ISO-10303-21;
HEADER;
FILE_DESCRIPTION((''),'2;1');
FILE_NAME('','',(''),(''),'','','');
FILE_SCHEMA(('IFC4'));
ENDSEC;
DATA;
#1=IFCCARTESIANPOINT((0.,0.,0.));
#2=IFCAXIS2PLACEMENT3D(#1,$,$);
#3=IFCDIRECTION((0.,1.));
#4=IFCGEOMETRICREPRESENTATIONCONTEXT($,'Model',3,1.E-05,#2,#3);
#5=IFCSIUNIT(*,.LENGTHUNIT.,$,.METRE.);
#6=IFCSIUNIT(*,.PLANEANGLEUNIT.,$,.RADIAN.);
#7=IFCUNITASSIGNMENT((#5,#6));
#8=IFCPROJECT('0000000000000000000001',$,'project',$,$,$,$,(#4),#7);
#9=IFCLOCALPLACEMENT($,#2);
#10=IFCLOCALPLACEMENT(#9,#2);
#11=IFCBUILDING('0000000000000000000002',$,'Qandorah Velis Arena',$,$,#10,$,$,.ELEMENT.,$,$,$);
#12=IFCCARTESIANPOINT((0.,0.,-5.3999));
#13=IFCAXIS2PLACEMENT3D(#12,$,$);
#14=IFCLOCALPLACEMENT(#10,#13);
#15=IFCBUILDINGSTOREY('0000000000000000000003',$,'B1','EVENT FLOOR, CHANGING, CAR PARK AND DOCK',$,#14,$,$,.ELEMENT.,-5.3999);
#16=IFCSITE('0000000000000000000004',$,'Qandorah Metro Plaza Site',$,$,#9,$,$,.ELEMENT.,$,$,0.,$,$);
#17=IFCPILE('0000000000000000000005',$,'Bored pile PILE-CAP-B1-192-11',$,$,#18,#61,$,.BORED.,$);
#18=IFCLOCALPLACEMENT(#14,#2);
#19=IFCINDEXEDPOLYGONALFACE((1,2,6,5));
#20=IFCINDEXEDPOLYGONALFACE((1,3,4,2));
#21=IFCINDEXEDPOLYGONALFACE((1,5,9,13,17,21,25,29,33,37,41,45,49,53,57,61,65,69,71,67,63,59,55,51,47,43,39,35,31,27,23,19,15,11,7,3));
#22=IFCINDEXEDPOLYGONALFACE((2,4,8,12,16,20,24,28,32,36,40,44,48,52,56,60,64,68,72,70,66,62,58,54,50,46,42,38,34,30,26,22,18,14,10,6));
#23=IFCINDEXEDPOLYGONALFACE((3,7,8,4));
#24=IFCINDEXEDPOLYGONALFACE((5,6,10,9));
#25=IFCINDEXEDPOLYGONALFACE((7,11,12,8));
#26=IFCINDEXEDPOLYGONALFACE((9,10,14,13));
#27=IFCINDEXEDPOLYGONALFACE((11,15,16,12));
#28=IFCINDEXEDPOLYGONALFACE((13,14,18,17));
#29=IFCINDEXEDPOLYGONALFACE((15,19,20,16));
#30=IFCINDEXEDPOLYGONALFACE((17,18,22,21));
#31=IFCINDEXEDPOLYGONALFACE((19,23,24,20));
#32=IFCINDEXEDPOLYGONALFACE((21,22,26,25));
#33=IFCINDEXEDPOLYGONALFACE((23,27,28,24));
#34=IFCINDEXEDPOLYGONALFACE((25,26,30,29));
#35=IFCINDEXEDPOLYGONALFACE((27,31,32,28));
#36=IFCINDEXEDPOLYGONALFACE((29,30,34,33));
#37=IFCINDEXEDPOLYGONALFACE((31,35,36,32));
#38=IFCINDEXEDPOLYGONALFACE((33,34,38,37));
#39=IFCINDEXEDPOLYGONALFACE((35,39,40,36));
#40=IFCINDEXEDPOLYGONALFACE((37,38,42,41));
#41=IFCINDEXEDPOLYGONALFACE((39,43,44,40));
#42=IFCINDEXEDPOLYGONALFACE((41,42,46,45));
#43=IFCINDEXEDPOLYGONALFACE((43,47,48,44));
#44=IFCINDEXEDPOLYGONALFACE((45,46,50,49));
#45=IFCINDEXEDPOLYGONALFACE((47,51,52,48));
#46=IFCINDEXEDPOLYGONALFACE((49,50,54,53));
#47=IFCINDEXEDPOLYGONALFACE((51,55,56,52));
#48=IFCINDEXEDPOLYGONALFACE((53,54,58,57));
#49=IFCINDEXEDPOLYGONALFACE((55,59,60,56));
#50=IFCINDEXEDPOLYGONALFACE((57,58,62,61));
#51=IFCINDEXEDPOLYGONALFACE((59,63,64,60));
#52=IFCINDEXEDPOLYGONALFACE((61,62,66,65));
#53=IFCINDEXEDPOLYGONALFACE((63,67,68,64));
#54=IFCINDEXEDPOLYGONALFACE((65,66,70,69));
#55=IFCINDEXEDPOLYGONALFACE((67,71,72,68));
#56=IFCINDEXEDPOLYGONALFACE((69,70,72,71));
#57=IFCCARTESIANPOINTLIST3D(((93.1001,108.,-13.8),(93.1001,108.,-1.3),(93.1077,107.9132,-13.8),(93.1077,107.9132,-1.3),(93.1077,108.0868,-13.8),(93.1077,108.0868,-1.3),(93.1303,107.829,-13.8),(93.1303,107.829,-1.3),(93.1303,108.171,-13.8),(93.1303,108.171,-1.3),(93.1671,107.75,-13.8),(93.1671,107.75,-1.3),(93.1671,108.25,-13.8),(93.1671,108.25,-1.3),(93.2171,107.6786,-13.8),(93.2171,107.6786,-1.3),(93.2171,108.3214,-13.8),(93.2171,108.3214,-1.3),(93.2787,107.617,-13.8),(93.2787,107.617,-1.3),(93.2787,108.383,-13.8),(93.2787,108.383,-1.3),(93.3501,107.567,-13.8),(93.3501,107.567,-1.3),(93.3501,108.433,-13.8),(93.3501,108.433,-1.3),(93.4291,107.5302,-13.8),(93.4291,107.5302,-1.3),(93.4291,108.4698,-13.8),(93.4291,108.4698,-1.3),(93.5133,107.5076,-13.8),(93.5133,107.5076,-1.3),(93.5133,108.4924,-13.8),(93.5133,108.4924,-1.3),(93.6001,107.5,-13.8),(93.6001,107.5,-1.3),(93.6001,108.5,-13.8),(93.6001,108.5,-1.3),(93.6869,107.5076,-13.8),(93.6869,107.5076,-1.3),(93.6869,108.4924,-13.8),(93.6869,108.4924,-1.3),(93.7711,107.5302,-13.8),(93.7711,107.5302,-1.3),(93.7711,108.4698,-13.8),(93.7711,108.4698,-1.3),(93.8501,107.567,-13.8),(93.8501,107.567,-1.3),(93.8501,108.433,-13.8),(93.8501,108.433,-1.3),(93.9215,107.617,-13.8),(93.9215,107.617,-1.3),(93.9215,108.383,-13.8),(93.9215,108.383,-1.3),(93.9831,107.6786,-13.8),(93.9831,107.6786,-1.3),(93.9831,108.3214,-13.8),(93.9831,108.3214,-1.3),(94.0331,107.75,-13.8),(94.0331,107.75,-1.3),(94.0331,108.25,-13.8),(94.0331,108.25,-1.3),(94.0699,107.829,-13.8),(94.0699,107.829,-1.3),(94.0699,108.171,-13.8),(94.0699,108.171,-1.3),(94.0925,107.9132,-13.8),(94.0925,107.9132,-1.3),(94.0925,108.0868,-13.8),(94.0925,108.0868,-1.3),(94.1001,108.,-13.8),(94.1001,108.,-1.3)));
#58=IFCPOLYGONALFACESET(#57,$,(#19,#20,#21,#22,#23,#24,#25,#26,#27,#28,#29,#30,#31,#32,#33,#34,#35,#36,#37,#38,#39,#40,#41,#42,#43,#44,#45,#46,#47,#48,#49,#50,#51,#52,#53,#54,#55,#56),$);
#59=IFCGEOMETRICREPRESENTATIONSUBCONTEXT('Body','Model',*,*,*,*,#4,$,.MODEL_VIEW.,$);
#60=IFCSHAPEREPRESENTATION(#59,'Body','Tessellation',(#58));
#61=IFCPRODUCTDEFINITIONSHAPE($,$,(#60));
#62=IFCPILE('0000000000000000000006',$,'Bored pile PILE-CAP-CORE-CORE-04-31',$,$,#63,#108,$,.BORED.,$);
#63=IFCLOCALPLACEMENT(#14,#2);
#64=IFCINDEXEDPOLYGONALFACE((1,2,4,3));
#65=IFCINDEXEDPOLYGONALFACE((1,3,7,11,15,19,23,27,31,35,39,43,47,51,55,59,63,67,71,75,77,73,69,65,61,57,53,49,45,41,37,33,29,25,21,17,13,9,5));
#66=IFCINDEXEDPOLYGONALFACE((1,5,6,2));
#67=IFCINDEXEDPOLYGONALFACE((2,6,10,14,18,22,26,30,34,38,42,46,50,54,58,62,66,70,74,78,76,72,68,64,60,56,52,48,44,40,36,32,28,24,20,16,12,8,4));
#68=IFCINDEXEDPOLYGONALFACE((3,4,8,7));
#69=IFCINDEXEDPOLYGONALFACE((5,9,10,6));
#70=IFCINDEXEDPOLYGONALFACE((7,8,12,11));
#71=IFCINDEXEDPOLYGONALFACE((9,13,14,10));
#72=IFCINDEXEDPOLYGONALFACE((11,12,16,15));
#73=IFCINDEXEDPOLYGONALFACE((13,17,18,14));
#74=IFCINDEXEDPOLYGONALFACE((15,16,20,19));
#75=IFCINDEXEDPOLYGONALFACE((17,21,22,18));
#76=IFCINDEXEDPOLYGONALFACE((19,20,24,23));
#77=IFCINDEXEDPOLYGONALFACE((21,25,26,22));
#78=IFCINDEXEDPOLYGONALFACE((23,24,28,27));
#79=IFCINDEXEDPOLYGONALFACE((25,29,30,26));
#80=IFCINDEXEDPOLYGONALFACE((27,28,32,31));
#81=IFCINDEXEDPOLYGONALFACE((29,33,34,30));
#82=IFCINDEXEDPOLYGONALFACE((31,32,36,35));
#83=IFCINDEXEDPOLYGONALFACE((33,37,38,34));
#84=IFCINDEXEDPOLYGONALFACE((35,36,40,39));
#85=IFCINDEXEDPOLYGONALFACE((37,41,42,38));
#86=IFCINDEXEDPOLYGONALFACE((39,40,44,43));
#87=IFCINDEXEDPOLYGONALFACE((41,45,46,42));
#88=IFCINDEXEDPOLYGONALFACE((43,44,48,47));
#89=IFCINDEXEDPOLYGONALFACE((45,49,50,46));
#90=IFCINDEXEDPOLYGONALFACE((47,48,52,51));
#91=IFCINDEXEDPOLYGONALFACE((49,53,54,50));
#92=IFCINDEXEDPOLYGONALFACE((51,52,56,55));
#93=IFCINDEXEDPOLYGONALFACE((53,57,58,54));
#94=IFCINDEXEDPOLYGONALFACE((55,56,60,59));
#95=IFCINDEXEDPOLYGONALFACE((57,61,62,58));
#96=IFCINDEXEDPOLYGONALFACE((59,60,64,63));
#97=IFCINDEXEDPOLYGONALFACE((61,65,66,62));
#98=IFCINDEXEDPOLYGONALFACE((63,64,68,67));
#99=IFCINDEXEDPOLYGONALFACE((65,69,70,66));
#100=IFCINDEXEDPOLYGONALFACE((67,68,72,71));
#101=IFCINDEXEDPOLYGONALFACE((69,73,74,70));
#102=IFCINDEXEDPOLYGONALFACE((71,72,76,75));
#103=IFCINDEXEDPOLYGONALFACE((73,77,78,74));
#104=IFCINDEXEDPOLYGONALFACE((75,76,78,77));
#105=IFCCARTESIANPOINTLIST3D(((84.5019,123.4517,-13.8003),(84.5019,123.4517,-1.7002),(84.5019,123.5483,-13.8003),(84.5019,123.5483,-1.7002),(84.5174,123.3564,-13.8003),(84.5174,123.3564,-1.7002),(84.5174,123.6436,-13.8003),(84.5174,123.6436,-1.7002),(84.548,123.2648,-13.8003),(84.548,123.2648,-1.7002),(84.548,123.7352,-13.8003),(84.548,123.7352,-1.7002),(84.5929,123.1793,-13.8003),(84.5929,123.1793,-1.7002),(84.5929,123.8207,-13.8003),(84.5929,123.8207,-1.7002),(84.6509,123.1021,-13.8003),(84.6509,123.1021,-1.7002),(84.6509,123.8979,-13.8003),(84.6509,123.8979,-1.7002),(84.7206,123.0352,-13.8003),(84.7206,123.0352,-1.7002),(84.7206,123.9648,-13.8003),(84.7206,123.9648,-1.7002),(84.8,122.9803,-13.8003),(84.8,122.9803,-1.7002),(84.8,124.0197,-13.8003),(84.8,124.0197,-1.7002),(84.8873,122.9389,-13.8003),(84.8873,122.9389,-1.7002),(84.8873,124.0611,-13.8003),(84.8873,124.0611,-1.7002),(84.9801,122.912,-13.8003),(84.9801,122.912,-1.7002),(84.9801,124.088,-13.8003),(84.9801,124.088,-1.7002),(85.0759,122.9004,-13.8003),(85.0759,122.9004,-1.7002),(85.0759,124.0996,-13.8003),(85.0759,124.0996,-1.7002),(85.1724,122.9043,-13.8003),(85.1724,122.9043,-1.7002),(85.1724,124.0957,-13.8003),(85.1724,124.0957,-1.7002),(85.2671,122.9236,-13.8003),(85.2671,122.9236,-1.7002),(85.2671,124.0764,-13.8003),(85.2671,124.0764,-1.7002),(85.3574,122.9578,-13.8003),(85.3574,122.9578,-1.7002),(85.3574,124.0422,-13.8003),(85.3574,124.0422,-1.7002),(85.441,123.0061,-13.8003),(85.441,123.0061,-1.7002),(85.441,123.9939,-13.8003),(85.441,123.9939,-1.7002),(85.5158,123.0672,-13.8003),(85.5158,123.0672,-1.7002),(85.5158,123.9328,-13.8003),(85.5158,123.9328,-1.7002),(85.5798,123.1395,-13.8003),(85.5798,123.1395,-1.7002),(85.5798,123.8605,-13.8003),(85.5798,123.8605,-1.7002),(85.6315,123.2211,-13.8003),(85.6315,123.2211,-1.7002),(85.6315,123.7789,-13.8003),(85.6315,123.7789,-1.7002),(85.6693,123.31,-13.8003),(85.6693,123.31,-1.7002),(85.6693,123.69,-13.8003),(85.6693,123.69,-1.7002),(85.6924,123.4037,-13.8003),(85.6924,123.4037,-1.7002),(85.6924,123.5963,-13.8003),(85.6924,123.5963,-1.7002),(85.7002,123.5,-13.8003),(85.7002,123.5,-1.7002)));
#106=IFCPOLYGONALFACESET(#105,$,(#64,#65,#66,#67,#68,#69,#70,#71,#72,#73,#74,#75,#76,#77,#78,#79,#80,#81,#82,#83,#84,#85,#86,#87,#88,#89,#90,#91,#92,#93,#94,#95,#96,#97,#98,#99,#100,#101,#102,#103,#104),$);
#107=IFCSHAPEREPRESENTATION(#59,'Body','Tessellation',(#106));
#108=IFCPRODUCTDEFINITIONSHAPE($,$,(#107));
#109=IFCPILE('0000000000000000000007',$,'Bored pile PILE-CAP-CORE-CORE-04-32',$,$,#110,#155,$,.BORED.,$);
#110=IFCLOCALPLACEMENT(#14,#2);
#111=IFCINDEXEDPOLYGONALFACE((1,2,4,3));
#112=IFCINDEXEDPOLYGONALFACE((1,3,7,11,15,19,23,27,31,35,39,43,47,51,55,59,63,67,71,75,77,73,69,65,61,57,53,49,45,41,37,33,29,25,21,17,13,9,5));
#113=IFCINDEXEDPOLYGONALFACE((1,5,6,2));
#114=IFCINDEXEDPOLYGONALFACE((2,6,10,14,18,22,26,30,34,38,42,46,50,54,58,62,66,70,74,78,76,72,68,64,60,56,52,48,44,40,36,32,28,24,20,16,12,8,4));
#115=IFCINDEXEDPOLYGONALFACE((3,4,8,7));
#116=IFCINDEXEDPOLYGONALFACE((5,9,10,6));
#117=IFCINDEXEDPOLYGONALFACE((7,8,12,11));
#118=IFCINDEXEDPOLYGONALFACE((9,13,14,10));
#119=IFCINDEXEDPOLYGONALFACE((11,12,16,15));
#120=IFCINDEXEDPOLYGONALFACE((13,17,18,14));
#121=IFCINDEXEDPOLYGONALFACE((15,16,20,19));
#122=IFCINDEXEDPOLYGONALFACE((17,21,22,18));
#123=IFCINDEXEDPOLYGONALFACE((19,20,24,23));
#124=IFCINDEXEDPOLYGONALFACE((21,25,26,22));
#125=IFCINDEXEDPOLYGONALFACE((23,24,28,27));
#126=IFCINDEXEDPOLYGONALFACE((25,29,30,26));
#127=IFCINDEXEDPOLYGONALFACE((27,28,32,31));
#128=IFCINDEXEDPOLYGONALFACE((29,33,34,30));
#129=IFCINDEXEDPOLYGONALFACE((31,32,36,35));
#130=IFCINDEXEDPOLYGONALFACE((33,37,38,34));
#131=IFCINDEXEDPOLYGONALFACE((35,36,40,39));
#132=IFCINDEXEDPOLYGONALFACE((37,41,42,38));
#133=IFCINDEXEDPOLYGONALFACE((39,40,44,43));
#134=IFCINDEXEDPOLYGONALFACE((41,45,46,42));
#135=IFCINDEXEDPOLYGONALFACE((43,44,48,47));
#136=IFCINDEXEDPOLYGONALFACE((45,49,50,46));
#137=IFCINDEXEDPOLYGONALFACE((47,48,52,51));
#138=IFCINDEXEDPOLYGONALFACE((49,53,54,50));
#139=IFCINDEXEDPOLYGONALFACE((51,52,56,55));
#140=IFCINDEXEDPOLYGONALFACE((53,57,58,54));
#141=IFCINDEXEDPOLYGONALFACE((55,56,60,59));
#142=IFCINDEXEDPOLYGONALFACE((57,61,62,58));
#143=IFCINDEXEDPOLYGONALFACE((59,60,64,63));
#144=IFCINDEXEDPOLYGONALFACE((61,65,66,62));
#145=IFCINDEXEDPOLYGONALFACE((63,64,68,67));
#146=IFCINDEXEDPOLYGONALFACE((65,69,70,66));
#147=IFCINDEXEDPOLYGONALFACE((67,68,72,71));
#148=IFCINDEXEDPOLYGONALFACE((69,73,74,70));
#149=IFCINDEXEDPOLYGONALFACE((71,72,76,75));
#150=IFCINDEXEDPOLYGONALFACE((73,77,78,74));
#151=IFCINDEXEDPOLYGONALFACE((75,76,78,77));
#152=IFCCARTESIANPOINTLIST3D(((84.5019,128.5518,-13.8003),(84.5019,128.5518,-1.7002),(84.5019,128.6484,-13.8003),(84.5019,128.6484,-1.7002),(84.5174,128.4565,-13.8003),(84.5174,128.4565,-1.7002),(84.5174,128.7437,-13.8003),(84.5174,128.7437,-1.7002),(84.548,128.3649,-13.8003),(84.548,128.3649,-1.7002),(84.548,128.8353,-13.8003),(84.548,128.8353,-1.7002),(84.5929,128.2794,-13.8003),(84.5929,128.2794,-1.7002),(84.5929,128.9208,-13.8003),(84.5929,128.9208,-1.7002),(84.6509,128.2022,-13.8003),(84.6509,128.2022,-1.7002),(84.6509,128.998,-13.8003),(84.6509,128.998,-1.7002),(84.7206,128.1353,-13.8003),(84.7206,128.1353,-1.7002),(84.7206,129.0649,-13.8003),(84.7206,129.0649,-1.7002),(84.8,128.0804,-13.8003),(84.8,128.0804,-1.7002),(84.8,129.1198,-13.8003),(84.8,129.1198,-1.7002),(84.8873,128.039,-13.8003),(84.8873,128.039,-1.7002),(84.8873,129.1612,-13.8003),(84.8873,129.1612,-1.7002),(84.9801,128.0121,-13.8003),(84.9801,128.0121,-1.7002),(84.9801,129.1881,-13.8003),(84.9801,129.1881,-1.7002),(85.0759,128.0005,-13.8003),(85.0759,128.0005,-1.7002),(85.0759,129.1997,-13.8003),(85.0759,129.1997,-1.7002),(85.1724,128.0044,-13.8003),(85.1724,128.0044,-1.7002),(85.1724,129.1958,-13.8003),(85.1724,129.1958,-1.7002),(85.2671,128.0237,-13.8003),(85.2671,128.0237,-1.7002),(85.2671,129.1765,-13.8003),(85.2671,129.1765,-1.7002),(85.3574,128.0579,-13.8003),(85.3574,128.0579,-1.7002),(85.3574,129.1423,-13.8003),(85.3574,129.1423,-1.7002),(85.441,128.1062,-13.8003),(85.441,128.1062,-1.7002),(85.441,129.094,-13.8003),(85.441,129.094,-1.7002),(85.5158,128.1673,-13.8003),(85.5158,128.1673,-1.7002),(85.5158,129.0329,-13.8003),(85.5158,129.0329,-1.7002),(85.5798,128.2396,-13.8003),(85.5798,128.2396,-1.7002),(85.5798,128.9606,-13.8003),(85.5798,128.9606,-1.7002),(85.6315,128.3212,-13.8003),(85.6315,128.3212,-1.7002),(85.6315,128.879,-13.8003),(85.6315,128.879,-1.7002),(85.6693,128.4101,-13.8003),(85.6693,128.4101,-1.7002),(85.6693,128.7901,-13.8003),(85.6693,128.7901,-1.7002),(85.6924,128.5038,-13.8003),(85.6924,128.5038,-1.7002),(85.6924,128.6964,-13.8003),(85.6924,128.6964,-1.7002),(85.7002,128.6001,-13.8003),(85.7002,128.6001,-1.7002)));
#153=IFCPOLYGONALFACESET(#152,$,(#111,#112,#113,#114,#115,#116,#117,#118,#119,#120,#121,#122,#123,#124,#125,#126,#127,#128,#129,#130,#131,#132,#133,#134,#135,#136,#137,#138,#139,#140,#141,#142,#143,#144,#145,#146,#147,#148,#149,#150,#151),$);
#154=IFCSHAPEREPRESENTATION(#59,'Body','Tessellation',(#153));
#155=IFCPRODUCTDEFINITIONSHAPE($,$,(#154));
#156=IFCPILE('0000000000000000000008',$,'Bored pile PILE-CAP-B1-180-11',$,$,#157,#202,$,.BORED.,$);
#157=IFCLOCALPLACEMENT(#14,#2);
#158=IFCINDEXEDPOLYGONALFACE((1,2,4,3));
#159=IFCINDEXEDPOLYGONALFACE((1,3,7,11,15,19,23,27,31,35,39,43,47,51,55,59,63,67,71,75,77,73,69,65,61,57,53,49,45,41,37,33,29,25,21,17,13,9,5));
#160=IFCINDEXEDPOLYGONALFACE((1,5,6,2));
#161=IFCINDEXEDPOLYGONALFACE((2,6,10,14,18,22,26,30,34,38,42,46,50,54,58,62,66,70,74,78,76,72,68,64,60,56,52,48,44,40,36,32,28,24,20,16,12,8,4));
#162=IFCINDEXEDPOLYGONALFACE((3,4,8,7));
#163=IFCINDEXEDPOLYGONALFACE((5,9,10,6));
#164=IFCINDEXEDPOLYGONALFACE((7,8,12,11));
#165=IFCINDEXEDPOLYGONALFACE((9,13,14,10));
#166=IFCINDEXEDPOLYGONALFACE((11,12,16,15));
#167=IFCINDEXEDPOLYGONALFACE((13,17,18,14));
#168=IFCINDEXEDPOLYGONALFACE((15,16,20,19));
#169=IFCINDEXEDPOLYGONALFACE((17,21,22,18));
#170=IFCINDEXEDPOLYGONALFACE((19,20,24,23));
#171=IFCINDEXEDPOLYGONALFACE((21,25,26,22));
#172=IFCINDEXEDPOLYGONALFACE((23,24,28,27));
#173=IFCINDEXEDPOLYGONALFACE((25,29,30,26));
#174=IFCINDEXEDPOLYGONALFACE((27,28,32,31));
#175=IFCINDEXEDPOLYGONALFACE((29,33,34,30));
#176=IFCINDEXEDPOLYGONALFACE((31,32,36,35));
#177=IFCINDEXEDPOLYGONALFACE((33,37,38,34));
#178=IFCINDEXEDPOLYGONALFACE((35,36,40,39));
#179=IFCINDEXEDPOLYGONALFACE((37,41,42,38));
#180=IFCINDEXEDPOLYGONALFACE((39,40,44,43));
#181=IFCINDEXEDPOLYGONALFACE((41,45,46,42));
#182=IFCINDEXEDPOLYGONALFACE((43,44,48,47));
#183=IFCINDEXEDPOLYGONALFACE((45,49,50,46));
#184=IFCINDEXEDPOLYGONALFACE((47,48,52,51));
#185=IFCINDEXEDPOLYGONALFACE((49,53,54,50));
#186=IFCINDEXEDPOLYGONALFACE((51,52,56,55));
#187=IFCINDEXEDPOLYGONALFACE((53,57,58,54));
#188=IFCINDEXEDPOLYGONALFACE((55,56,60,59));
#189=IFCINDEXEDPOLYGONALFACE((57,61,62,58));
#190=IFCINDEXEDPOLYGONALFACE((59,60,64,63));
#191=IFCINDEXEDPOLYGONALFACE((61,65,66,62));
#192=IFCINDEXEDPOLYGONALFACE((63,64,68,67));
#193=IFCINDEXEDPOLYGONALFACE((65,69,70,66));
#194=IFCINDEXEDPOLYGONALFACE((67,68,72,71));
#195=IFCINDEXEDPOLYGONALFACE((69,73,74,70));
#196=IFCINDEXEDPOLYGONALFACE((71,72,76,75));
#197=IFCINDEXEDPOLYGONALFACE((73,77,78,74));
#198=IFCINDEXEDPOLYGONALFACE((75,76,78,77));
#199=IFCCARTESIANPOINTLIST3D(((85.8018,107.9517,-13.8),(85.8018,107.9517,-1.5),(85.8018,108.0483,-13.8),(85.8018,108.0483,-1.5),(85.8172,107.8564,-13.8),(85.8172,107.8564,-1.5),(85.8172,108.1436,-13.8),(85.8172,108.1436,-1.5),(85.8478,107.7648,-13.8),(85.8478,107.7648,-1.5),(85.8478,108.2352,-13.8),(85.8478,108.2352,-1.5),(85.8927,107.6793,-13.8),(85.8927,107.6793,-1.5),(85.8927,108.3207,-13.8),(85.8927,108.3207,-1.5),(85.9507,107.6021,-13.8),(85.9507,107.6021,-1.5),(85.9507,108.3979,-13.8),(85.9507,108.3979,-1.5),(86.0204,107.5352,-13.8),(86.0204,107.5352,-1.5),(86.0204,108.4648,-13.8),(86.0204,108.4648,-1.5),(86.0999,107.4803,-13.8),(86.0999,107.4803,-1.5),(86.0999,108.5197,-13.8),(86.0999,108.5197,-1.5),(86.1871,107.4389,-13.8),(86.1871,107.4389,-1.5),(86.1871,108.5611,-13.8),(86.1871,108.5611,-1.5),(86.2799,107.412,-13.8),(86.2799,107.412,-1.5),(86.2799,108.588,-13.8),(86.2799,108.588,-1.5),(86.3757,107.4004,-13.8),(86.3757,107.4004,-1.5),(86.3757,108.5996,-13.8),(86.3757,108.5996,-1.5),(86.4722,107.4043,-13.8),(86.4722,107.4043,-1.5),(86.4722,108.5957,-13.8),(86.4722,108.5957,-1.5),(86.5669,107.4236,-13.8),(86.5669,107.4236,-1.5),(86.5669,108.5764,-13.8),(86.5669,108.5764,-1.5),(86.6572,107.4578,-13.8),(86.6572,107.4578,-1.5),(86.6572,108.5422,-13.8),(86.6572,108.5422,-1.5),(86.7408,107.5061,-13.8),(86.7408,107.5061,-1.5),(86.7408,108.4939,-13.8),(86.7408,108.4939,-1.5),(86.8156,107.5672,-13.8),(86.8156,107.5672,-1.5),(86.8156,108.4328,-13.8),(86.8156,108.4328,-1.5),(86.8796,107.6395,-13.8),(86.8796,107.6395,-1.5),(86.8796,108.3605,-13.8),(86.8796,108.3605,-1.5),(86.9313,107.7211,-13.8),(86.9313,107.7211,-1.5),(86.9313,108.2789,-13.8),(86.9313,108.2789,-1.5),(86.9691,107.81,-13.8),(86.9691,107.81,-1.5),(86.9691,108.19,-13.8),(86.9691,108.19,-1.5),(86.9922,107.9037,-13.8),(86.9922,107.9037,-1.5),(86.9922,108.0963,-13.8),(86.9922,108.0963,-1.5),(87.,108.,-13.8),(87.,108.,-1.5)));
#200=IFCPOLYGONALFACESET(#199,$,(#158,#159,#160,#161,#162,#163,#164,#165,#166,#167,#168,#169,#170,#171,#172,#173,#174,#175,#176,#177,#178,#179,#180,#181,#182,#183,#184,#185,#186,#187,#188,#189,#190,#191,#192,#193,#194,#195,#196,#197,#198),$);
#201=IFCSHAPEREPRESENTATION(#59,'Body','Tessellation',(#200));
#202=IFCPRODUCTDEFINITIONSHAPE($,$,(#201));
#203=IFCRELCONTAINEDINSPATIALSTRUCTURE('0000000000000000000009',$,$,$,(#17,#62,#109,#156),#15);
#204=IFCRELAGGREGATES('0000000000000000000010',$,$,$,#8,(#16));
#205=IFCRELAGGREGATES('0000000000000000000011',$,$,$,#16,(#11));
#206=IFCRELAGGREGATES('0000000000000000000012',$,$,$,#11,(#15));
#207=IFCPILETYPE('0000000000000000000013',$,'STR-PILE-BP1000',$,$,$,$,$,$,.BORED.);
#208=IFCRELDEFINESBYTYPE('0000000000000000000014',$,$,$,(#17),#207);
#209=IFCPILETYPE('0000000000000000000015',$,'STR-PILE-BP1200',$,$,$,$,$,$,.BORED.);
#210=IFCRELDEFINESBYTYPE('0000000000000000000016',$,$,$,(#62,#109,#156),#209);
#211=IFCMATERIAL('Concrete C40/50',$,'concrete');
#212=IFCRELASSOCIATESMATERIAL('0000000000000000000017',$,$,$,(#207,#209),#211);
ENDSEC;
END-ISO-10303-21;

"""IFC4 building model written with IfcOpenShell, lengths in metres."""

from ifc_helpers import new_model, si_unit, direction, frame, origin, origin_2d, place, context, subcontext, project, spatial, circle, extrude, material, material_profile, profile_set, type_object, element, save


model = new_model("IFC4")

# Units and contexts
model_context = context("Model", 3, precision=1e-05, world=origin(), true_north=direction((0.0, 1.0)))
body_context = subcontext(model_context, "Body", "Model", "MODEL_VIEW")
ifc_project = project(units=[si_unit("LENGTHUNIT", "METRE"), si_unit("PLANEANGLEUNIT", "RADIAN")], contexts=[model_context])

# Site, building, storey
site_placement = place(None, origin())
site = spatial("IfcSite", under=ifc_project, at=site_placement, Name="Qandorah Metro Plaza Site", CompositionType="ELEMENT", RefElevation=0.0)
building_placement = place(site_placement, origin())
building = spatial("IfcBuilding", under=site, at=building_placement, Name="Qandorah Velis Arena", CompositionType="ELEMENT")
storey_placement = place(building_placement, frame((0.0, 0.0, -5.3999)))
storey = spatial("IfcBuildingStorey", under=building, at=storey_placement, Name="B1", Description="EVENT FLOOR, CHANGING, CAR PARK AND DOCK", CompositionType="ELEMENT", Elevation=-5.3999)

# Shared definitions
ifc_material_1 = material(Name="Concrete C40/50", Category="concrete")

# Piles
ifc_material_profile_1 = material_profile(ifc_material_1, circle(Radius=0.5, at=origin_2d()), Name="BORED PILE D1000")
ifc_profile_set_1 = profile_set([ifc_material_profile_1], Name="Concrete C40/50")
pile_type_1 = type_object("IfcPileType", Name="STR-PILE-BP1000", PredefinedType="BORED", material=ifc_profile_set_1)
pile_1_placement = place(storey_placement, frame((93.6001, 108.0, -1.3), z_axis=(0.0, 0.0, -1.0), x_axis=(1.0, 0.0, 0.0)))
element("IfcPile", 1, at=pile_1_placement, inside=storey, type_object=pile_type_1, Name="Bored pile PILE-CAP-B1-192-11", PredefinedType="BORED", context=body_context, shape_type="SweptSolid", body=[
    extrude(circle(Radius=0.5, at=origin_2d()), origin(), (0.0, 0.0, 1.0), 12.5),
])
ifc_material_profile_2 = material_profile(ifc_material_1, circle(Radius=0.6001, at=origin_2d()), Name="BORED PILE D1200")
ifc_profile_set_2 = profile_set([ifc_material_profile_2], Name="Concrete C40/50")
pile_type_2 = type_object("IfcPileType", Name="STR-PILE-BP1200", PredefinedType="BORED", material=ifc_profile_set_2)
for number, where, z_axis, x_axis, name in (
    (2, (85.1001, 123.5, -1.7002), (0.0, 0.0, -1.0), (1.0, 0.0, 0.0), "Bored pile PILE-CAP-CORE-CORE-04-31"),
    (3, (85.1001, 128.6001, -1.7002), (0.0, 0.0, -1.0), (1.0, 0.0, 0.0), "Bored pile PILE-CAP-CORE-CORE-04-32"),
):
    element("IfcPile", number, at=place(storey_placement, frame(where, z_axis=z_axis, x_axis=x_axis)), inside=storey, type_object=pile_type_2, Name=name, PredefinedType="BORED", context=body_context, shape_type="SweptSolid", body=[
        extrude(circle(Radius=0.6001, at=origin_2d()), origin(), (0.0, 0.0, 1.0), 12.1001),
    ])
pile_2_placement = place(storey_placement, frame((86.3999, 108.0, -1.5), z_axis=(0.0, 0.0, -1.0), x_axis=(1.0, 0.0, 0.0)))
element("IfcPile", 4, at=pile_2_placement, inside=storey, type_object=pile_type_2, Name="Bored pile PILE-CAP-B1-180-11", PredefinedType="BORED", context=body_context, shape_type="SweptSolid", body=[
    extrude(circle(Radius=0.6001, at=origin_2d()), origin(), (0.0, 0.0, 1.0), 12.3),
])

save(model, "model.ifc")
